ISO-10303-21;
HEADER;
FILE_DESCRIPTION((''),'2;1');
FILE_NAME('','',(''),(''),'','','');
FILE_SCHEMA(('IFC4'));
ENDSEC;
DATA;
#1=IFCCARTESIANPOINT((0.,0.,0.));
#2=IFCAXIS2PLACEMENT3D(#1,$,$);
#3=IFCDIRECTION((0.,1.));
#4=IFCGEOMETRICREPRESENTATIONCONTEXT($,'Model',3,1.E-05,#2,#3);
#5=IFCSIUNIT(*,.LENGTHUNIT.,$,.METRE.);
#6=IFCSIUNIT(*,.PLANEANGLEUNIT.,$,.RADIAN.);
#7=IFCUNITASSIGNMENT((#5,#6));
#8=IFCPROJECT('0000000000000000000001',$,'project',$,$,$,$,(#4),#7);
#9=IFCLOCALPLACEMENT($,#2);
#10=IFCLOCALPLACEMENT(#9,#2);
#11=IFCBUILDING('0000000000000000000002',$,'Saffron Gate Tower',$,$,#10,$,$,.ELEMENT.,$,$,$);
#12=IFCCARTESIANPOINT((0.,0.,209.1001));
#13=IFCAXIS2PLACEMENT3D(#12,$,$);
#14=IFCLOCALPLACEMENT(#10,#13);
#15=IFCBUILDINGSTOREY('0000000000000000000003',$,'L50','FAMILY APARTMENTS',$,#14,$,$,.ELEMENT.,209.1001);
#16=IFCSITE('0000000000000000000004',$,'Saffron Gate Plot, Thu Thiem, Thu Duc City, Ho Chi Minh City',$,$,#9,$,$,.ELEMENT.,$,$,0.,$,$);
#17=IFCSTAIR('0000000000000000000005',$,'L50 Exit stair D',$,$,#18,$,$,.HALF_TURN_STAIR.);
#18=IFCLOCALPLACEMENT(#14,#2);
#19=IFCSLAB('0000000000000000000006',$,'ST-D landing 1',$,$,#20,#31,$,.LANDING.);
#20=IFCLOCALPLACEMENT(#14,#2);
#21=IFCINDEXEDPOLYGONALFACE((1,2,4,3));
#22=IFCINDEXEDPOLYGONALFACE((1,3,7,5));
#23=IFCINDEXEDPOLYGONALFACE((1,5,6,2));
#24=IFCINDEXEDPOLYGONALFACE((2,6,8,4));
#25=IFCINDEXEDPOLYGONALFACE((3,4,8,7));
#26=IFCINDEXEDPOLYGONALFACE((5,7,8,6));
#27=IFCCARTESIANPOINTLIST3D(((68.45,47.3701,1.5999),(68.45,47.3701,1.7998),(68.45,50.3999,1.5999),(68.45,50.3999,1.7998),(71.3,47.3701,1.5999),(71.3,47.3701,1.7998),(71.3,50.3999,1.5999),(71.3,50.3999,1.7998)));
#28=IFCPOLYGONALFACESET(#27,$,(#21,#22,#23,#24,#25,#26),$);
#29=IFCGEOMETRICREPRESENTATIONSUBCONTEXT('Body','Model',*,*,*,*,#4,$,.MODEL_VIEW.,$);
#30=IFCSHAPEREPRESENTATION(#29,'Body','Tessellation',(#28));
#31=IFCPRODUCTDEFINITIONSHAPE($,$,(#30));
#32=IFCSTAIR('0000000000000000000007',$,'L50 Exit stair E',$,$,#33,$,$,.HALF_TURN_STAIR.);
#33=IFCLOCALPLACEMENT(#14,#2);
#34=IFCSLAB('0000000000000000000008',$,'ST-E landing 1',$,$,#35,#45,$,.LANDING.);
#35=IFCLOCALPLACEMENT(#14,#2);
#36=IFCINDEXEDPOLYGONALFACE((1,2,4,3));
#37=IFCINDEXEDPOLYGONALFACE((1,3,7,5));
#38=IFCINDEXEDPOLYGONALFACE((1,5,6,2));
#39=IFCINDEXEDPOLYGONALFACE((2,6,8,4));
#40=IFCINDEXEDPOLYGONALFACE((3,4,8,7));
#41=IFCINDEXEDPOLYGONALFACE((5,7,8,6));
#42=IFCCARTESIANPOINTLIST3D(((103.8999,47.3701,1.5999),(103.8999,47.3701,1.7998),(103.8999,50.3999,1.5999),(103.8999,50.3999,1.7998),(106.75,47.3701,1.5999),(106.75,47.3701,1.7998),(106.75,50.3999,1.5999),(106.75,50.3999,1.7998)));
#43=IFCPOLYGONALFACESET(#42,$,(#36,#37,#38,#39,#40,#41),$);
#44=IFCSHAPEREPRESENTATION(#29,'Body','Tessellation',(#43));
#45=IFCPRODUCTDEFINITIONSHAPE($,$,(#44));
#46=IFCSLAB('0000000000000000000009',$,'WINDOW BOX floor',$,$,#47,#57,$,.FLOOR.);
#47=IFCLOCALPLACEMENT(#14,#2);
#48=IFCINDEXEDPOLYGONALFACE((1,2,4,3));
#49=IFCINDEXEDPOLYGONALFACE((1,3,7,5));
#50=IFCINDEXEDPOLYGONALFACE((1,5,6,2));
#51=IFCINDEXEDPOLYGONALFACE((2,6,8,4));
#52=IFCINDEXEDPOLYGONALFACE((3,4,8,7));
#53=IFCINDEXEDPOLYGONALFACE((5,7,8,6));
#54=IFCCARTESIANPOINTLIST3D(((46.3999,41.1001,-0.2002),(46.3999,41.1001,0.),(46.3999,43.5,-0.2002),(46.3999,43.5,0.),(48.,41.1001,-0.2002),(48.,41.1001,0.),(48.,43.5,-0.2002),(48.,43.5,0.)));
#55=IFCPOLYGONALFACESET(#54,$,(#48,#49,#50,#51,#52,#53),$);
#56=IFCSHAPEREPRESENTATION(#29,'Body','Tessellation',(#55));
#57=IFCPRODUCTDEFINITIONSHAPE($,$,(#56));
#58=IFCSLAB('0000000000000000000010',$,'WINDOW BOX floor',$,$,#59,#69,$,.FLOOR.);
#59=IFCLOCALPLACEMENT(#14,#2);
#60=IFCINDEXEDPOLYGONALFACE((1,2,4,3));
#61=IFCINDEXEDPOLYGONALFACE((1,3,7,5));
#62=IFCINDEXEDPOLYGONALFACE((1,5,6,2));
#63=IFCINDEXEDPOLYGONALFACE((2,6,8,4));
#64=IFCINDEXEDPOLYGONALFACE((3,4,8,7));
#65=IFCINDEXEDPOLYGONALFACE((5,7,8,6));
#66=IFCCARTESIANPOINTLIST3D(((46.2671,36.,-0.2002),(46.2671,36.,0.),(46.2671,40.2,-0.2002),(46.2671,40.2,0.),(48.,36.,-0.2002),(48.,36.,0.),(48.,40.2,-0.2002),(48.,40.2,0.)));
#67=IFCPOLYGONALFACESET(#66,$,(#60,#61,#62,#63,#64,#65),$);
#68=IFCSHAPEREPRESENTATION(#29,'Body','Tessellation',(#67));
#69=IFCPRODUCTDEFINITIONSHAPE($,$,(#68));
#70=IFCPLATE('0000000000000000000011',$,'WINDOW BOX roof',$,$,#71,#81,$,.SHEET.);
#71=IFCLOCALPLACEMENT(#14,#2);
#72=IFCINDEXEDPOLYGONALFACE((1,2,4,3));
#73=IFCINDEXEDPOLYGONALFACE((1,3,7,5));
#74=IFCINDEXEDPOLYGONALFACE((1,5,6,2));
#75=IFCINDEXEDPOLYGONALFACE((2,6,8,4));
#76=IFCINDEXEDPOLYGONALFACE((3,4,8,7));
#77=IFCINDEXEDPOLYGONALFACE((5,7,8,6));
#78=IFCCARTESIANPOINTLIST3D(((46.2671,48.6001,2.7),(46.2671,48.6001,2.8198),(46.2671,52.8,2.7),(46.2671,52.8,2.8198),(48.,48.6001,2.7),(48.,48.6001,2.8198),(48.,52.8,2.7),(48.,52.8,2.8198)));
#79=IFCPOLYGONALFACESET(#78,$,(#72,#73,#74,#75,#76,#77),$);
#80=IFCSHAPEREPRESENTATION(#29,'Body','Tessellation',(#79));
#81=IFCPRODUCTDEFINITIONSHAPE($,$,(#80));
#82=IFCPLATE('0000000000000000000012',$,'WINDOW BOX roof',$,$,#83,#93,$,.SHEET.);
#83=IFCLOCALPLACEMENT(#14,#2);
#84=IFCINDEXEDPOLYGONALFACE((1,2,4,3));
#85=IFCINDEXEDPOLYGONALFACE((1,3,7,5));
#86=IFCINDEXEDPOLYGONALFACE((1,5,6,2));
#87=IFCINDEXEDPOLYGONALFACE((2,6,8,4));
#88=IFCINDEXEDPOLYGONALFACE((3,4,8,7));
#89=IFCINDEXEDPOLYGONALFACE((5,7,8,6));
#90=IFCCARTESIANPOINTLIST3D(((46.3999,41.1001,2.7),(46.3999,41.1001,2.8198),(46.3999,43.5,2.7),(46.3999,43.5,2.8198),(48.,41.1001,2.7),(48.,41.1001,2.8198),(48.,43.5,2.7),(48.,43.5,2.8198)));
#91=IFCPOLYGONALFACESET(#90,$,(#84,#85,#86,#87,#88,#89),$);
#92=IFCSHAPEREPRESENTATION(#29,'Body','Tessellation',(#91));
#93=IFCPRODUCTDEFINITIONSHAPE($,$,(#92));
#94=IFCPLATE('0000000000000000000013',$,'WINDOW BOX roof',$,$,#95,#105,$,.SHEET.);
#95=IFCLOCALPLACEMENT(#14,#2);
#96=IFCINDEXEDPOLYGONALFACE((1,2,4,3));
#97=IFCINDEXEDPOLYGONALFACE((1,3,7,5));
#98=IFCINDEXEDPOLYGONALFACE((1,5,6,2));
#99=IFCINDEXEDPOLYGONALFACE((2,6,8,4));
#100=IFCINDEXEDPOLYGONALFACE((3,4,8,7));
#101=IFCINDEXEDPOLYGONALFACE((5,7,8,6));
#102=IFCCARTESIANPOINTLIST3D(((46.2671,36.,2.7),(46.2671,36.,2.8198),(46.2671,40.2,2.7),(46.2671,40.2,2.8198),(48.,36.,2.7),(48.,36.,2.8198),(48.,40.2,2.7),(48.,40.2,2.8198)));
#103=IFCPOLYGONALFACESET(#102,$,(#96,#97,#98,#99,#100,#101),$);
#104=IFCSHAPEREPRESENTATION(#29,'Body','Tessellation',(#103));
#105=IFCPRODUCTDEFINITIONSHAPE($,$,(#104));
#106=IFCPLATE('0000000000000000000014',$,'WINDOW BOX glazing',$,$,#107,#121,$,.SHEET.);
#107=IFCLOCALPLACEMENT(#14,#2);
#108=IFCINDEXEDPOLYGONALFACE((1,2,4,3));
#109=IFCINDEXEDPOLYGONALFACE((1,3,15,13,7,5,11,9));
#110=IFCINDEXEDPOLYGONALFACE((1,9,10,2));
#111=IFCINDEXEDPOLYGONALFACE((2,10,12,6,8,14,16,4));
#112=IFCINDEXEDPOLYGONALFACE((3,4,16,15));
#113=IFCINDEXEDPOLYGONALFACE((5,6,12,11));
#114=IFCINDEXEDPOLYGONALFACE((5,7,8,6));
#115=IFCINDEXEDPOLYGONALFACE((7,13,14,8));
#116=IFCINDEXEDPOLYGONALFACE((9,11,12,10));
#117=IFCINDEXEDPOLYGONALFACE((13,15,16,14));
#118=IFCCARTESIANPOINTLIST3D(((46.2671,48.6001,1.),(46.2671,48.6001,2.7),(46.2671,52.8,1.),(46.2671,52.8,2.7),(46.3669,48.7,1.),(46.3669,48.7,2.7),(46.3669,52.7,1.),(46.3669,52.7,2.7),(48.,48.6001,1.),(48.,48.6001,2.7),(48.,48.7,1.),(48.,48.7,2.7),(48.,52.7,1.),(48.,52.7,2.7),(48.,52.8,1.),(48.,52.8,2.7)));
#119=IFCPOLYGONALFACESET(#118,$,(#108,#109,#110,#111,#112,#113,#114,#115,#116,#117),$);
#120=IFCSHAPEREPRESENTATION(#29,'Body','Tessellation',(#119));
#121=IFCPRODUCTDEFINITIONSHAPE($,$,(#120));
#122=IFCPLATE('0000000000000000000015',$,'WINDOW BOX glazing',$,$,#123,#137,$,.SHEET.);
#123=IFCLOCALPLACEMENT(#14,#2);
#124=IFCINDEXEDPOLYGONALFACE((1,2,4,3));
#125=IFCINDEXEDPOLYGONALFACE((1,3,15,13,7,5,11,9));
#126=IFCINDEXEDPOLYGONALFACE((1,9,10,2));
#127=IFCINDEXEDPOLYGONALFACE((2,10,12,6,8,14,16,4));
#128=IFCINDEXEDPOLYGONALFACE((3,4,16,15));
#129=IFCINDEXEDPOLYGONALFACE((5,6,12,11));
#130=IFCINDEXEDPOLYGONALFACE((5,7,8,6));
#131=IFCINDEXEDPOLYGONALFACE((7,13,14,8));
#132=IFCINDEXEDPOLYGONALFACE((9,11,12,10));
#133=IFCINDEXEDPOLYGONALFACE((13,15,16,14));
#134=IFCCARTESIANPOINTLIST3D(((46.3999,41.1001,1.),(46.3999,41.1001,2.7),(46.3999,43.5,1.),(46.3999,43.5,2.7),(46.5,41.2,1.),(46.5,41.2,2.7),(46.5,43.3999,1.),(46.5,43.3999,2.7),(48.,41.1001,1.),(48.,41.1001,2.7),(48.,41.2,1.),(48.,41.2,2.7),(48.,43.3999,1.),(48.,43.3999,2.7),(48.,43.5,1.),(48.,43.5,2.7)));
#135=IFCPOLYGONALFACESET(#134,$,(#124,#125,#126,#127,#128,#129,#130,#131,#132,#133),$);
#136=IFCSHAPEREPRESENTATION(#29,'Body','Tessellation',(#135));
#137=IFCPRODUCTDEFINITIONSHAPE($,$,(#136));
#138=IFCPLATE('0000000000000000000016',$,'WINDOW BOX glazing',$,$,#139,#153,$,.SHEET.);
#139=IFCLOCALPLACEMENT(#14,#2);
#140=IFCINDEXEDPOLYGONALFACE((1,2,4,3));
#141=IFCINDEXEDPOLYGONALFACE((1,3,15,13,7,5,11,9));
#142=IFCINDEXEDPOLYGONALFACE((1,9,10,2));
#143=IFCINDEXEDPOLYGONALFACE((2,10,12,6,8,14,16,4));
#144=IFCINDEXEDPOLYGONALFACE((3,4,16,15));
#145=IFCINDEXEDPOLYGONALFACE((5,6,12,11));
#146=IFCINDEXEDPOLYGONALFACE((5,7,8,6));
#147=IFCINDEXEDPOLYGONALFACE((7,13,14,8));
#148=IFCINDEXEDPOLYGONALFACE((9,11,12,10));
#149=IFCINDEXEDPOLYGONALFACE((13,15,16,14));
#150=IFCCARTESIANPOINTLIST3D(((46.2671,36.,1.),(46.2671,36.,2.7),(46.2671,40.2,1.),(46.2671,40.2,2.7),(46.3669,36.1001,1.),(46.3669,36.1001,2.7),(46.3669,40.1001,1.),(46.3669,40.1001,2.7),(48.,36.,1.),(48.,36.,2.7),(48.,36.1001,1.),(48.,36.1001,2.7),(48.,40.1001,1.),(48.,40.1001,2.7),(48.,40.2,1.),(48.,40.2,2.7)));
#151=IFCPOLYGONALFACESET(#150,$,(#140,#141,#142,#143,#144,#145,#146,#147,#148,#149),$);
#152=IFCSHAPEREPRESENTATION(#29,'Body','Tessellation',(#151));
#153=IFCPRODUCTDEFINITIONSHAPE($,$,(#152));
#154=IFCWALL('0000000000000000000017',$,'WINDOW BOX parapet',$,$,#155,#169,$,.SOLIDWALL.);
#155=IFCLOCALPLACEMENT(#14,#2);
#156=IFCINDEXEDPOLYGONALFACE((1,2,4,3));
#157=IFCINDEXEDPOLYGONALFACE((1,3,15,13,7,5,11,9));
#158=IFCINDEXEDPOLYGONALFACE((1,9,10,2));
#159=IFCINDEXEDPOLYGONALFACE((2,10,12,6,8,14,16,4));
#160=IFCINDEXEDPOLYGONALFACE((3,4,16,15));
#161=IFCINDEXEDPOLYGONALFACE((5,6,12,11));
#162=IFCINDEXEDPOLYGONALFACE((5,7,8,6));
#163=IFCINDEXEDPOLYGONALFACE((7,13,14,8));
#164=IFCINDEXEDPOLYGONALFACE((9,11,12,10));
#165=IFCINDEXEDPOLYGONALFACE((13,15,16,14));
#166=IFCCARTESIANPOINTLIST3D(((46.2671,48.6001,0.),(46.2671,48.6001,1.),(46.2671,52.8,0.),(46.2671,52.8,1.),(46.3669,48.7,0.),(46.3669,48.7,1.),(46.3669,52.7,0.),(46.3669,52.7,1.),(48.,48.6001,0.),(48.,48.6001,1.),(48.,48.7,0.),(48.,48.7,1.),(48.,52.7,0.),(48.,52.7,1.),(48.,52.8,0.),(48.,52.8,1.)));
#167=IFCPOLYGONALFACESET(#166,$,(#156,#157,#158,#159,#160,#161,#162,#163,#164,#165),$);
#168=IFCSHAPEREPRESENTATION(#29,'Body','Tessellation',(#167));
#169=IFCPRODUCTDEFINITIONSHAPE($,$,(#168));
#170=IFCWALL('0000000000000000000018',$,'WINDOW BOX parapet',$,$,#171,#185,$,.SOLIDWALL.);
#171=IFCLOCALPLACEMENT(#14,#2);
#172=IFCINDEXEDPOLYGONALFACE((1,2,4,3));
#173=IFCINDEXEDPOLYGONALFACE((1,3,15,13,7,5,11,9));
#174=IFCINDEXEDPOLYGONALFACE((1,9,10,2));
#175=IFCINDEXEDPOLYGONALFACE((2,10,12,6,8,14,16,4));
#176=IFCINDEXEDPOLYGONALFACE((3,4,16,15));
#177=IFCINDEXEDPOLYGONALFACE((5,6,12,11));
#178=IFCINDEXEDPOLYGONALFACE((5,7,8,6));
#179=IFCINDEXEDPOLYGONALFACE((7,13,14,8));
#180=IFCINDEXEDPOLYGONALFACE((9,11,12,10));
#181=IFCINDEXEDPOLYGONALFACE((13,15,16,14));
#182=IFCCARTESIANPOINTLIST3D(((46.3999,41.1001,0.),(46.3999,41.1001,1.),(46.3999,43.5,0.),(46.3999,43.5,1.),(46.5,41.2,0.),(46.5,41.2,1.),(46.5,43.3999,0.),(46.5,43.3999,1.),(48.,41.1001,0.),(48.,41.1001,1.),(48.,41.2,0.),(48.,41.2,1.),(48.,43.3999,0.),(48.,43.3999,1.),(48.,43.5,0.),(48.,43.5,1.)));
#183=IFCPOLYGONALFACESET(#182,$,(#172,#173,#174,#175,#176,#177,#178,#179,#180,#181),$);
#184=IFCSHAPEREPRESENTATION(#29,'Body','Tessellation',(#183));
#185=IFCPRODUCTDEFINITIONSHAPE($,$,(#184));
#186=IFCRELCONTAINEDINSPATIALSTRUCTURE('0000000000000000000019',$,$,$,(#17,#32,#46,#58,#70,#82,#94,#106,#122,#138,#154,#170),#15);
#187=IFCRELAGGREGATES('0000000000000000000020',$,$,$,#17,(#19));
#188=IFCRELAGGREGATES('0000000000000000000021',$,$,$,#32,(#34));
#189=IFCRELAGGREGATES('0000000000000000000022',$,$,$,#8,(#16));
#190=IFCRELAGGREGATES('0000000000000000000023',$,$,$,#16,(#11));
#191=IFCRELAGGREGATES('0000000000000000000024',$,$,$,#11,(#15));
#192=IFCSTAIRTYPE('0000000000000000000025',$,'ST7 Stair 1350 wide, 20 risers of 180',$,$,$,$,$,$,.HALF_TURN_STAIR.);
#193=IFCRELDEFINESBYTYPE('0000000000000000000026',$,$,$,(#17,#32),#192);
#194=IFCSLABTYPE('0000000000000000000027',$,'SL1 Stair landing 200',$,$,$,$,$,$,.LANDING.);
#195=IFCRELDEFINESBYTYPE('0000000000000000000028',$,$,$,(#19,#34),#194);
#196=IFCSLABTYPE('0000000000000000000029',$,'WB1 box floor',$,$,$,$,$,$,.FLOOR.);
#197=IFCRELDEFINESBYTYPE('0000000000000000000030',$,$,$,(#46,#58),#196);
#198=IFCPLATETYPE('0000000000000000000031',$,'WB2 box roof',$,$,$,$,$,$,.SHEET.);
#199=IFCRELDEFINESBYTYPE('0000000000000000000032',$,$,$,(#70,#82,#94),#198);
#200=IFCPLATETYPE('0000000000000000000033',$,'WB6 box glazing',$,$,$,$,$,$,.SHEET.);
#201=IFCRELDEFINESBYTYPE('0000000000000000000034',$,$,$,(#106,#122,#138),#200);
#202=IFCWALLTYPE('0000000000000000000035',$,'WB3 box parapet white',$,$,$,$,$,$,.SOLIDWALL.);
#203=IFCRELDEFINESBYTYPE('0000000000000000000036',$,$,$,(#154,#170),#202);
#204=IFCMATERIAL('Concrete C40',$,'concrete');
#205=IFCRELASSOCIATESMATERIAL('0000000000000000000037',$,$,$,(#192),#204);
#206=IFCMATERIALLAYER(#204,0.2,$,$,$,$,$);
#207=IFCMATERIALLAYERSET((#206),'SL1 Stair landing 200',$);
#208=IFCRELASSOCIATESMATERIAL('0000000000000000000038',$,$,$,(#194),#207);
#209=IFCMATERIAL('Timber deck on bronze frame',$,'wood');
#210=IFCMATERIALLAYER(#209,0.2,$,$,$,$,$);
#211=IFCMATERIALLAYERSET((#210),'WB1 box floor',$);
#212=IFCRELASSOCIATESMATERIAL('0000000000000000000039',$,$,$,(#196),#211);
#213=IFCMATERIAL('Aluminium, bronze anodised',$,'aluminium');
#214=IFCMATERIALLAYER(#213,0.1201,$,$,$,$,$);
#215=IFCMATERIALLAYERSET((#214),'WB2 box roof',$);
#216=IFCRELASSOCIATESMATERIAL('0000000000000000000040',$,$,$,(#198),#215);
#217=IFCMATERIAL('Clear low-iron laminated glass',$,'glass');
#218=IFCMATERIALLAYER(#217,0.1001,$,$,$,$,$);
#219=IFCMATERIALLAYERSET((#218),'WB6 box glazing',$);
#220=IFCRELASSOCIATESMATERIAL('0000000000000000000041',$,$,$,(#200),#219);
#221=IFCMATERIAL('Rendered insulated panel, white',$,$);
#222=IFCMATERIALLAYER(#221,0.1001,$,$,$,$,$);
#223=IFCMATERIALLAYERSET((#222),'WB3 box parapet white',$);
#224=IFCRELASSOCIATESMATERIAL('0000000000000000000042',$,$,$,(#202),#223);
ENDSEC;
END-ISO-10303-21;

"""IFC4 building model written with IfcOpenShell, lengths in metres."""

from ifc_helpers import new_model, si_unit, direction, frame, origin, place, context, subcontext, project, spatial, polyline, outline, extrude, material, layer, layer_set, type_object, element, aggregate, save


model = new_model("IFC4")

# Units and contexts
model_context = context("Model", 3, precision=1e-05, world=origin(), true_north=direction((0.0, 1.0)))
body_context = subcontext(model_context, "Body", "Model", "MODEL_VIEW")
ifc_project = project(units=[si_unit("LENGTHUNIT", "METRE"), si_unit("PLANEANGLEUNIT", "RADIAN")], contexts=[model_context])

# Site, building, storey
site_placement = place(None, origin())
site = spatial("IfcSite", under=ifc_project, at=site_placement, Name="Saffron Gate Plot, Thu Thiem, Thu Duc City, Ho Chi Minh City", CompositionType="ELEMENT", RefElevation=0.0)
building_placement = place(site_placement, origin())
building = spatial("IfcBuilding", under=site, at=building_placement, Name="Saffron Gate Tower", CompositionType="ELEMENT")
storey_placement = place(building_placement, frame((0.0, 0.0, 209.1001)))
storey = spatial("IfcBuildingStorey", under=building, at=storey_placement, Name="L50", Description="FAMILY APARTMENTS", CompositionType="ELEMENT", Elevation=209.1001)

# Shared definitions
ifc_material_1 = material(Name="Aluminium, bronze anodised", Category="aluminium")

# Stairs, slabs
ifc_material_2 = material(Name="Concrete C40", Category="concrete")
stair_type = type_object("IfcStairType", Name="ST7 Stair 1350 wide, 20 risers of 180", PredefinedType="HALF_TURN_STAIR", material=ifc_material_2)
ifc_layer_1 = layer(ifc_material_2, 0.2)
ifc_layer_set_1 = layer_set([ifc_layer_1], Name="SL1 Stair landing 200")
slab_type_1 = type_object("IfcSlabType", Name="SL1 Stair landing 200", PredefinedType="LANDING", material=ifc_layer_set_1)
stair_1_placement = place(storey_placement, origin())
stair_1 = element("IfcStair", 1, at=stair_1_placement, inside=storey, type_object=stair_type, Name="L50 Exit stair D", PredefinedType="HALF_TURN_STAIR")
slab_1_placement = place(storey_placement, frame((0.0, 0.0, 1.5999)))
slab_1 = element("IfcSlab", 2, at=slab_1_placement, type_object=slab_type_1, Name="ST-D landing 1", PredefinedType="LANDING", context=body_context, shape_type="SweptSolid", body=[
    extrude(outline(polyline([(71.3, 47.3701), (71.3, 50.3999), (68.45, 50.3999), (68.45, 47.3701), (71.3, 47.3701)])), origin(), (0.0, 0.0, 1.0), 0.2),
])
aggregate(stair_1, [slab_1])
stair_2_placement = place(storey_placement, origin())
stair_2 = element("IfcStair", 3, at=stair_2_placement, inside=storey, type_object=stair_type, Name="L50 Exit stair E", PredefinedType="HALF_TURN_STAIR")
slab_2_placement = place(storey_placement, frame((0.0, 0.0, 1.5999)))
slab_2 = element("IfcSlab", 4, at=slab_2_placement, type_object=slab_type_1, Name="ST-E landing 1", PredefinedType="LANDING", context=body_context, shape_type="SweptSolid", body=[
    extrude(outline(polyline([(106.75, 47.3701), (106.75, 50.3999), (103.8999, 50.3999), (103.8999, 47.3701), (106.75, 47.3701)])), origin(), (0.0, 0.0, 1.0), 0.2),
])
aggregate(stair_2, [slab_2])

# Slabs
ifc_material_3 = material(Name="Timber deck on bronze frame", Category="wood")
ifc_layer_2 = layer(ifc_material_3, 0.2)
ifc_layer_set_2 = layer_set([ifc_layer_2], Name="WB1 box floor")
slab_type_2 = type_object("IfcSlabType", Name="WB1 box floor", PredefinedType="FLOOR", material=ifc_layer_set_2)
slab_3_placement = place(storey_placement, frame((0.0, 0.0, -0.2002)))
element("IfcSlab", 5, at=slab_3_placement, inside=storey, type_object=slab_type_2, Name="WINDOW BOX floor", PredefinedType="FLOOR", context=body_context, shape_type="SweptSolid", body=[
    extrude(outline(polyline([(48.0, 43.5), (48.0, 41.1001), (46.3999, 41.1001), (46.3999, 43.5), (48.0, 43.5)])), origin(), (0.0, 0.0, 1.0), 0.2002),
])
slab_4_placement = place(storey_placement, frame((0.0, 0.0, -0.2002)))
element("IfcSlab", 6, at=slab_4_placement, inside=storey, type_object=slab_type_2, Name="WINDOW BOX floor", PredefinedType="FLOOR", context=body_context, shape_type="SweptSolid", body=[
    extrude(outline(polyline([(48.0, 40.2), (48.0, 36.0), (46.2671, 36.0), (46.2671, 40.2), (48.0, 40.2)])), origin(), (0.0, 0.0, 1.0), 0.2002),
])

# Plates
ifc_layer_3 = layer(ifc_material_1, 0.1201)
ifc_layer_set_3 = layer_set([ifc_layer_3], Name="WB2 box roof")
plate_type_1 = type_object("IfcPlateType", Name="WB2 box roof", PredefinedType="SHEET", material=ifc_layer_set_3)
plate_1_placement = place(storey_placement, frame((0.0, 0.0, 2.7)))
element("IfcPlate", 7, at=plate_1_placement, inside=storey, type_object=plate_type_1, Name="WINDOW BOX roof", PredefinedType="SHEET", context=body_context, shape_type="SweptSolid", body=[
    extrude(outline(polyline([(48.0, 52.8), (48.0, 48.6001), (46.2671, 48.6001), (46.2671, 52.8), (48.0, 52.8)])), origin(), (0.0, 0.0, 1.0), 0.1199),
])
plate_2_placement = place(storey_placement, frame((0.0, 0.0, 2.7)))
element("IfcPlate", 8, at=plate_2_placement, inside=storey, type_object=plate_type_1, Name="WINDOW BOX roof", PredefinedType="SHEET", context=body_context, shape_type="SweptSolid", body=[
    extrude(outline(polyline([(48.0, 43.5), (48.0, 41.1001), (46.3999, 41.1001), (46.3999, 43.5), (48.0, 43.5)])), origin(), (0.0, 0.0, 1.0), 0.1199),
])
plate_3_placement = place(storey_placement, frame((0.0, 0.0, 2.7)))
element("IfcPlate", 9, at=plate_3_placement, inside=storey, type_object=plate_type_1, Name="WINDOW BOX roof", PredefinedType="SHEET", context=body_context, shape_type="SweptSolid", body=[
    extrude(outline(polyline([(48.0, 40.2), (48.0, 36.0), (46.2671, 36.0), (46.2671, 40.2), (48.0, 40.2)])), origin(), (0.0, 0.0, 1.0), 0.1199),
])
ifc_material_4 = material(Name="Clear low-iron laminated glass", Category="glass")
ifc_layer_4 = layer(ifc_material_4, 0.1001)
ifc_layer_set_4 = layer_set([ifc_layer_4], Name="WB6 box glazing")
plate_type_2 = type_object("IfcPlateType", Name="WB6 box glazing", PredefinedType="SHEET", material=ifc_layer_set_4)
plate_4_placement = place(storey_placement, frame((0.0, 0.0, 1.0)))
element("IfcPlate", 10, at=plate_4_placement, inside=storey, type_object=plate_type_2, Name="WINDOW BOX glazing", PredefinedType="SHEET", context=body_context, shape_type="SweptSolid", body=[
    extrude(outline(polyline([(48.0, 52.8), (48.0, 52.7), (46.3669, 52.7), (46.3669, 48.7), (48.0, 48.7), (48.0, 48.6001), (46.2671, 48.6001), (46.2671, 52.8), (48.0, 52.8)])), origin(), (0.0, 0.0, 1.0), 1.7),
])
plate_5_placement = place(storey_placement, frame((0.0, 0.0, 1.0)))
element("IfcPlate", 11, at=plate_5_placement, inside=storey, type_object=plate_type_2, Name="WINDOW BOX glazing", PredefinedType="SHEET", context=body_context, shape_type="SweptSolid", body=[
    extrude(outline(polyline([(48.0, 43.5), (48.0, 43.3999), (46.5, 43.3999), (46.5, 41.2), (48.0, 41.2), (48.0, 41.1001), (46.3999, 41.1001), (46.3999, 43.5), (48.0, 43.5)])), origin(), (0.0, 0.0, 1.0), 1.7),
])
plate_6_placement = place(storey_placement, frame((0.0, 0.0, 1.0)))
element("IfcPlate", 12, at=plate_6_placement, inside=storey, type_object=plate_type_2, Name="WINDOW BOX glazing", PredefinedType="SHEET", context=body_context, shape_type="SweptSolid", body=[
    extrude(outline(polyline([(48.0, 40.2), (48.0, 40.1001), (46.3669, 40.1001), (46.3669, 36.1001), (48.0, 36.1001), (48.0, 36.0), (46.2671, 36.0), (46.2671, 40.2), (48.0, 40.2)])), origin(), (0.0, 0.0, 1.0), 1.7),
])

# Walls
ifc_material_5 = material(Name="Rendered insulated panel, white")
ifc_layer_5 = layer(ifc_material_5, 0.1001)
ifc_layer_set_5 = layer_set([ifc_layer_5], Name="WB3 box parapet white")
wall_type = type_object("IfcWallType", Name="WB3 box parapet white", PredefinedType="SOLIDWALL", material=ifc_layer_set_5)
wall_1_placement = place(storey_placement, origin())
element("IfcWall", 13, at=wall_1_placement, inside=storey, type_object=wall_type, Name="WINDOW BOX parapet", PredefinedType="SOLIDWALL", context=body_context, shape_type="SweptSolid", body=[
    extrude(outline(polyline([(48.0, 52.8), (48.0, 52.7), (46.3669, 52.7), (46.3669, 48.7), (48.0, 48.7), (48.0, 48.6001), (46.2671, 48.6001), (46.2671, 52.8), (48.0, 52.8)])), origin(), (0.0, 0.0, 1.0), 1.0),
])
wall_2_placement = place(storey_placement, origin())
element("IfcWall", 14, at=wall_2_placement, inside=storey, type_object=wall_type, Name="WINDOW BOX parapet", PredefinedType="SOLIDWALL", context=body_context, shape_type="SweptSolid", body=[
    extrude(outline(polyline([(48.0, 43.5), (48.0, 43.3999), (46.5, 43.3999), (46.5, 41.2), (48.0, 41.2), (48.0, 41.1001), (46.3999, 41.1001), (46.3999, 43.5), (48.0, 43.5)])), origin(), (0.0, 0.0, 1.0), 1.0),
])

save(model, "model.ifc")
